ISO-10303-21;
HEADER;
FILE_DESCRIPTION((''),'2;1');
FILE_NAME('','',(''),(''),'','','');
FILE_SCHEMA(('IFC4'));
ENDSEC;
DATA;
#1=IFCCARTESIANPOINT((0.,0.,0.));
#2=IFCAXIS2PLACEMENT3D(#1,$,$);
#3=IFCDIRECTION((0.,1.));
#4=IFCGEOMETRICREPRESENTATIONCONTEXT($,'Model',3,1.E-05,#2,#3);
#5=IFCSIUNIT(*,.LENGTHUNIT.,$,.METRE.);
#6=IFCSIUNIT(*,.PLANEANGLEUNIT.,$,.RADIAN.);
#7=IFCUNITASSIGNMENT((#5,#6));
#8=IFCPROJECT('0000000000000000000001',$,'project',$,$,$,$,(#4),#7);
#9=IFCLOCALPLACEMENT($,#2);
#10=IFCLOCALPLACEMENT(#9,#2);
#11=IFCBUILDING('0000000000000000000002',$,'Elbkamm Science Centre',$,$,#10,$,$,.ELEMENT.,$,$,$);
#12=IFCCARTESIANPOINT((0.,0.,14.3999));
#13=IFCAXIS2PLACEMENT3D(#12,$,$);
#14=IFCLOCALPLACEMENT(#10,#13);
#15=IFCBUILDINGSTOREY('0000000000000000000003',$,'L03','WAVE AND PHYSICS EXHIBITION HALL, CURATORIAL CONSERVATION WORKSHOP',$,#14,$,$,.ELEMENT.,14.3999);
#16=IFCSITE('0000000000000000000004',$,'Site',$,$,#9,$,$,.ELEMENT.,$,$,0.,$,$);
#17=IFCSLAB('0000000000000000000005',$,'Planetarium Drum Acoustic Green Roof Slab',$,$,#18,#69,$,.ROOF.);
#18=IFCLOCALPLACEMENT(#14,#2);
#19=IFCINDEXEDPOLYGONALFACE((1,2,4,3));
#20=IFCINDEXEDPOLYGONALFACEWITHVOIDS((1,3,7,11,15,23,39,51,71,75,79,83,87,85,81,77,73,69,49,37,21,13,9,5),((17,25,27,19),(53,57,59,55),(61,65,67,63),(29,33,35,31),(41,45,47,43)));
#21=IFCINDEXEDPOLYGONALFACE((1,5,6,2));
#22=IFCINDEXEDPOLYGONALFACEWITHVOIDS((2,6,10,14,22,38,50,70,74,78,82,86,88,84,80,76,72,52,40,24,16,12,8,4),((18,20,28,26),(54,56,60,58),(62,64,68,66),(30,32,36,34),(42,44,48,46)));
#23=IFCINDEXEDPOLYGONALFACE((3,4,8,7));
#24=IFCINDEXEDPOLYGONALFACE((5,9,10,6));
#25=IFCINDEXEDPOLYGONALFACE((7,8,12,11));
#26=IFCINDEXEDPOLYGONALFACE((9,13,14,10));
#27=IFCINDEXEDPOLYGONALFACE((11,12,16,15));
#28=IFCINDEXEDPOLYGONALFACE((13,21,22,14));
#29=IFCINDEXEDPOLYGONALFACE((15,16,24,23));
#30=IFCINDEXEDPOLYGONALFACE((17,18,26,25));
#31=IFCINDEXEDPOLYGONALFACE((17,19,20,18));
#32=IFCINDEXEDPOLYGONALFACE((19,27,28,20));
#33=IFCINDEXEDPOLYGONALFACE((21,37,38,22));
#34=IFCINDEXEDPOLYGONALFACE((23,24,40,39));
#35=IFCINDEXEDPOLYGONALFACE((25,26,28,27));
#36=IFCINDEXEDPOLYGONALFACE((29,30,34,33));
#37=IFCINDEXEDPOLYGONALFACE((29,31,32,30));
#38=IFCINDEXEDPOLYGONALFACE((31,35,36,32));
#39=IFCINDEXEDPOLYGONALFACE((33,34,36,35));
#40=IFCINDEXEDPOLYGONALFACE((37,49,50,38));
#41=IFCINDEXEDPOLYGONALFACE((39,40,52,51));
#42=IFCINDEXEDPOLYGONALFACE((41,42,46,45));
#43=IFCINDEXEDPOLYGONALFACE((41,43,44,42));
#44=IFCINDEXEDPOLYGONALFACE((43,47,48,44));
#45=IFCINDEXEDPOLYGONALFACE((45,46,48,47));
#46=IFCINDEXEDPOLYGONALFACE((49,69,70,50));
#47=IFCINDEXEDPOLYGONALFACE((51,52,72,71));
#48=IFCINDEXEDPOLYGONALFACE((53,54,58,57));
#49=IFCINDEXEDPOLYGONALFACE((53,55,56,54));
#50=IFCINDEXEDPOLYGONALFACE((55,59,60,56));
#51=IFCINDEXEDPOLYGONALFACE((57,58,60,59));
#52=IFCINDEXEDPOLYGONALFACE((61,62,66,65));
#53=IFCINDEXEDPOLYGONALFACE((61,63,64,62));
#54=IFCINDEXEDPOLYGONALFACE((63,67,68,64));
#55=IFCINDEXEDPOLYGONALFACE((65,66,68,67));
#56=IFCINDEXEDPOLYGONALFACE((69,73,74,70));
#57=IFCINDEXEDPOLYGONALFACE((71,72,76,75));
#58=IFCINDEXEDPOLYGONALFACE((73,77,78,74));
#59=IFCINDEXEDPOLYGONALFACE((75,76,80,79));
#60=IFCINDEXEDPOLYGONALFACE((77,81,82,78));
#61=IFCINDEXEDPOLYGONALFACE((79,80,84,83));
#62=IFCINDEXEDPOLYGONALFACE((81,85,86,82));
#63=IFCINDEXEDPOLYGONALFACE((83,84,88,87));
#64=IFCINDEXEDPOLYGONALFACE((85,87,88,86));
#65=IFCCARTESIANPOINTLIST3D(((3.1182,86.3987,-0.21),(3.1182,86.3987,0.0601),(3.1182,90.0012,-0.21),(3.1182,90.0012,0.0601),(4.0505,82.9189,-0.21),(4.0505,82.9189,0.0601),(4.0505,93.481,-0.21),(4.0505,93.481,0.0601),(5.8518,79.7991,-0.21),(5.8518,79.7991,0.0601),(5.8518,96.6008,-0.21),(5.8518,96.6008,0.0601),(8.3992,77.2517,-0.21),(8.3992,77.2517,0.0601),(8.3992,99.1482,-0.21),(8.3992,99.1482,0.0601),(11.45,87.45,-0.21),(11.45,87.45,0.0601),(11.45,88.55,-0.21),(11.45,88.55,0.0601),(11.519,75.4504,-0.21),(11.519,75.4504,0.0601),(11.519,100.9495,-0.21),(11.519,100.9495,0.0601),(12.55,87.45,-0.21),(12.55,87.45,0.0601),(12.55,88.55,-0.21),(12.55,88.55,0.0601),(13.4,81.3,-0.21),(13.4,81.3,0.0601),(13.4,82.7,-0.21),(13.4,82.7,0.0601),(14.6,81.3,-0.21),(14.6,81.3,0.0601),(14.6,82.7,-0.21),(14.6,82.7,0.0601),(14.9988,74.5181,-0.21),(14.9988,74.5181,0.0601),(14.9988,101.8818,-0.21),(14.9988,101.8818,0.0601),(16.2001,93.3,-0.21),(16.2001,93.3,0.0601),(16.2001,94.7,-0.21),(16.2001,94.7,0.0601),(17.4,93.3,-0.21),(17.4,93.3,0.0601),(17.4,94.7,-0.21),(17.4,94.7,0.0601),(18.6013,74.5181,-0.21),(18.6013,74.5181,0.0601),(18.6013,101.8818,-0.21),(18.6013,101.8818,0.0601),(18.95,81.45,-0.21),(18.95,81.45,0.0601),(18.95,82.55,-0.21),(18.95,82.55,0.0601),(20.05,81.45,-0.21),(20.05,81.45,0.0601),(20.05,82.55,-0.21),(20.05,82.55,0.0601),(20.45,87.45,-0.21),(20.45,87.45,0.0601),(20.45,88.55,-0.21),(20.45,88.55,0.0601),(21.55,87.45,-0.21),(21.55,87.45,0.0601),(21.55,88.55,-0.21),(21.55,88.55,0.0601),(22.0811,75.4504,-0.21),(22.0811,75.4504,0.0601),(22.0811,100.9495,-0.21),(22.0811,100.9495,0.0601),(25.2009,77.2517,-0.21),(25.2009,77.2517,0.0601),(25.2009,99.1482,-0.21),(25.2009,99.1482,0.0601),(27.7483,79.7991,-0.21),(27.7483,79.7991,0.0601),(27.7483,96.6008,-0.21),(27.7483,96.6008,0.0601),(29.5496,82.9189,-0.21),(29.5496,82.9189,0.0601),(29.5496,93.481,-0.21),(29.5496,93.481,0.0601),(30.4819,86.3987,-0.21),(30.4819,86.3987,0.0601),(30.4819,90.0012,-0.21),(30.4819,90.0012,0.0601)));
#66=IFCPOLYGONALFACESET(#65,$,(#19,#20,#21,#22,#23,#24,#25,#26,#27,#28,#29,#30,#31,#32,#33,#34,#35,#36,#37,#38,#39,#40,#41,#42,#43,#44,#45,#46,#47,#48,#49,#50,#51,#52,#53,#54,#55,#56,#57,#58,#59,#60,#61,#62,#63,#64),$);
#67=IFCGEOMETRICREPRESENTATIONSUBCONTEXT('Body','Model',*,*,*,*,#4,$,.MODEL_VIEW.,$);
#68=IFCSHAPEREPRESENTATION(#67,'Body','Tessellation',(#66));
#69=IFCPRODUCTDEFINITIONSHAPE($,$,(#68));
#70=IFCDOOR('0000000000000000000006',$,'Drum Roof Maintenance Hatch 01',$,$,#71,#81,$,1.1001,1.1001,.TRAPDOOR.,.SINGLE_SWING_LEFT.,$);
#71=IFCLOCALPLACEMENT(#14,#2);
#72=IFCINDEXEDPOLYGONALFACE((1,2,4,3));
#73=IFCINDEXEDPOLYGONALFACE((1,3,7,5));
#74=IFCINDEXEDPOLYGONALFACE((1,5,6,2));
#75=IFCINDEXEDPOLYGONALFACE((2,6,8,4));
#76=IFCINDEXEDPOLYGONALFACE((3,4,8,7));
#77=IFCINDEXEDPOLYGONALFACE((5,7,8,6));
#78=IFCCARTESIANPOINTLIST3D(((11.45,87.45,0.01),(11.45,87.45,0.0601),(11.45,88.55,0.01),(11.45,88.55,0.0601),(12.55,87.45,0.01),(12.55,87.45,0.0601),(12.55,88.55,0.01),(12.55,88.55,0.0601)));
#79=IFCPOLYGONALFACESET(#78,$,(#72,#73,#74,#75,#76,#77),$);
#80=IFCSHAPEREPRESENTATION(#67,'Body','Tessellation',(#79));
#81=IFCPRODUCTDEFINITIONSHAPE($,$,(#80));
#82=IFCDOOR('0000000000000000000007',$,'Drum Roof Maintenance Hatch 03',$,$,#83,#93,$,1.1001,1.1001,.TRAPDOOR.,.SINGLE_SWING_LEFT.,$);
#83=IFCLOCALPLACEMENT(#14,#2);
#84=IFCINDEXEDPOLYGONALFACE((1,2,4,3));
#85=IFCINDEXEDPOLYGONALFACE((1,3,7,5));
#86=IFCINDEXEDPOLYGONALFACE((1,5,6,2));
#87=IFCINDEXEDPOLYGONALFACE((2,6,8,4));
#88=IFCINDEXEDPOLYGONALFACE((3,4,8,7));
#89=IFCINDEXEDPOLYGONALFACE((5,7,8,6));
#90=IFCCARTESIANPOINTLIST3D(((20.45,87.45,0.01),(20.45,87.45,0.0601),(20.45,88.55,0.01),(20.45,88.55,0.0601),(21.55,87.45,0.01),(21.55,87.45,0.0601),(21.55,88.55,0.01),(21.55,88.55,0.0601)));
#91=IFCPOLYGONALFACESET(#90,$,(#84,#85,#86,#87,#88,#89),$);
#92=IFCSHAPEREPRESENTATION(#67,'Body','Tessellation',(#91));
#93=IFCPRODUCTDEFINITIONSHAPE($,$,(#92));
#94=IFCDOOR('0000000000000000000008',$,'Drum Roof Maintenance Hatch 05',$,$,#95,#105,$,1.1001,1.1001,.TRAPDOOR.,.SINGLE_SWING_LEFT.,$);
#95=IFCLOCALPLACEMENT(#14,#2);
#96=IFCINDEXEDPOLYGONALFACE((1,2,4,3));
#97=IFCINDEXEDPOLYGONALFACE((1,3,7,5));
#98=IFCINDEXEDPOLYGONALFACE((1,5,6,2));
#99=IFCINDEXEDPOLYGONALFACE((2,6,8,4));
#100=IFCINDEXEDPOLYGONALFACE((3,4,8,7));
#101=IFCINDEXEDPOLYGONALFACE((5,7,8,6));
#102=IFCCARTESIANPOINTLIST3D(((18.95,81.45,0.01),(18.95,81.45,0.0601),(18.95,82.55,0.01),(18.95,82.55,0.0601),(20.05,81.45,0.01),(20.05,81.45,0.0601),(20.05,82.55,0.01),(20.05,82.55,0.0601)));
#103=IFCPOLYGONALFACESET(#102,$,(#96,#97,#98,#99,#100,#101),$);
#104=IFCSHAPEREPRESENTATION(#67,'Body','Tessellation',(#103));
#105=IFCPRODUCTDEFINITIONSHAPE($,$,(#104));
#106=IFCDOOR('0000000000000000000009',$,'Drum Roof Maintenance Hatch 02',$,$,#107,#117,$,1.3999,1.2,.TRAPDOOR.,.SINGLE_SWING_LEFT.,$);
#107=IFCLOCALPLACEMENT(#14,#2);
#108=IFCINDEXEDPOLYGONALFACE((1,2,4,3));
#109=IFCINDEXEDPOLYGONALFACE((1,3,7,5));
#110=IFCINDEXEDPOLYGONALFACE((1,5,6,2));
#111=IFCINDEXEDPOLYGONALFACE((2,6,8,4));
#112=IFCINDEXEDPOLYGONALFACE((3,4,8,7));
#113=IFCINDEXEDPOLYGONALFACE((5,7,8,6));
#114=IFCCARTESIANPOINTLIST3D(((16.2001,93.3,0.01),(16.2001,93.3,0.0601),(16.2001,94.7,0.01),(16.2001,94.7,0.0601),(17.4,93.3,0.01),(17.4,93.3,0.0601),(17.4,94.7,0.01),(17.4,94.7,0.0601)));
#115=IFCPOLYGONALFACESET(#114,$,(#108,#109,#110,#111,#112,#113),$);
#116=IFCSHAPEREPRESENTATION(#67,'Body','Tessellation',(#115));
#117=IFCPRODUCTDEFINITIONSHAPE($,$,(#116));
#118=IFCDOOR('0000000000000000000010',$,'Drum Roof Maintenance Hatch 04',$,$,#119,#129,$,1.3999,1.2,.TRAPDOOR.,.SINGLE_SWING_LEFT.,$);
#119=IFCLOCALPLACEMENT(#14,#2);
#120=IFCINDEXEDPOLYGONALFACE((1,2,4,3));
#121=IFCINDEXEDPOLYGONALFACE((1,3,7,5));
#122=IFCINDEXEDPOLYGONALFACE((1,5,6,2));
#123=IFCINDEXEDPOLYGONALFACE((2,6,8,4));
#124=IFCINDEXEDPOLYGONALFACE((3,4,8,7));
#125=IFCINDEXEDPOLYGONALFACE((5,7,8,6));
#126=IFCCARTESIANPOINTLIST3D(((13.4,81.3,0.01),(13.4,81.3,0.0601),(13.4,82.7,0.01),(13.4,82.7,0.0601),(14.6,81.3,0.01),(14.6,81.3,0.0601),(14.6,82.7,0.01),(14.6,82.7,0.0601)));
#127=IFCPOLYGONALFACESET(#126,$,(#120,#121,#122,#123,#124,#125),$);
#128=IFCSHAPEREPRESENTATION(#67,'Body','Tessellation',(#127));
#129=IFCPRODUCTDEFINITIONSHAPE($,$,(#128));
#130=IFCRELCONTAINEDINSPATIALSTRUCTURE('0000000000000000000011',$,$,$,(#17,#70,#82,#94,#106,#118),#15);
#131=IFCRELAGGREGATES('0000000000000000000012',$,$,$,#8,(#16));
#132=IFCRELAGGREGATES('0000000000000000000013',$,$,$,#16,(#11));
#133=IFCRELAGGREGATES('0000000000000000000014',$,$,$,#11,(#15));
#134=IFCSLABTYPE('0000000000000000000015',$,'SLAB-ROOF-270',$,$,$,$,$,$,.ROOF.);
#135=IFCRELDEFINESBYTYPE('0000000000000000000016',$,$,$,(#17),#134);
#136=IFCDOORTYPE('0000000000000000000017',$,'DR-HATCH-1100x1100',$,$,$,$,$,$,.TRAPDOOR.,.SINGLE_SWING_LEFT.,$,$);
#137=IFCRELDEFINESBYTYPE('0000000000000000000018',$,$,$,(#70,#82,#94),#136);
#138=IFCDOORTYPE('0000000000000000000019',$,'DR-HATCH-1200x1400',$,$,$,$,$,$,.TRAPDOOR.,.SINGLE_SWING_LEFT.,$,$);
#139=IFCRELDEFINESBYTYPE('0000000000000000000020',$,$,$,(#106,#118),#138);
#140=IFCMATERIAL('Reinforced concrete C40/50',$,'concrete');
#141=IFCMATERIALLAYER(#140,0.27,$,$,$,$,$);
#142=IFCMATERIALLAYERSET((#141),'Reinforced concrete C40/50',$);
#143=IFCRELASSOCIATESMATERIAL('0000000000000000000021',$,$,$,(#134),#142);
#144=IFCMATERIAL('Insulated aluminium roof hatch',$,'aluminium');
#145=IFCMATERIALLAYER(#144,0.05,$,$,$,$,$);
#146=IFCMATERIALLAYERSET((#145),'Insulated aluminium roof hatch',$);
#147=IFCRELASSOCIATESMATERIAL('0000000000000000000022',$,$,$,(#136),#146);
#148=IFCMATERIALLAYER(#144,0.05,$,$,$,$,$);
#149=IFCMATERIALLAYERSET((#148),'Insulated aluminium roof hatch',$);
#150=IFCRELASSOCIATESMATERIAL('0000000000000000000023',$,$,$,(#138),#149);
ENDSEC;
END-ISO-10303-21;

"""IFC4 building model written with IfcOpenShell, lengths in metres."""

from ifc_helpers import new_model, si_unit, direction, frame, origin, origin_2d, place, context, subcontext, project, spatial, polyline, rectangle, outline, extrude, material, layer, layer_set, type_object, element, fill, save


model = new_model("IFC4")

# Units and contexts
model_context = context("Model", 3, precision=1e-05, world=origin(), true_north=direction((0.0, 1.0)))
body_context = subcontext(model_context, "Body", "Model", "MODEL_VIEW")
ifc_project = project(units=[si_unit("LENGTHUNIT", "METRE"), si_unit("PLANEANGLEUNIT", "RADIAN")], contexts=[model_context])

# Site, building, storey
site_placement = place(None, origin())
site = spatial("IfcSite", under=ifc_project, at=site_placement, Name="Site", CompositionType="ELEMENT", RefElevation=0.0)
building_placement = place(site_placement, origin())
building = spatial("IfcBuilding", under=site, at=building_placement, Name="Elbkamm Science Centre", CompositionType="ELEMENT")
storey_placement = place(building_placement, frame((0.0, 0.0, 14.3999)))
storey = spatial("IfcBuildingStorey", under=building, at=storey_placement, Name="L03", Description="WAVE AND PHYSICS EXHIBITION HALL, CURATORIAL CONSERVATION WORKSHOP", CompositionType="ELEMENT", Elevation=14.3999)

# Shared definitions
ifc_material_1 = material(Name="Reinforced concrete C40/50", Category="concrete")

# Slab, openings, doors
ifc_layer_1 = layer(ifc_material_1, 0.27)
ifc_layer_set_1 = layer_set([ifc_layer_1], Name="Reinforced concrete C40/50")
slab_type_1 = type_object("IfcSlabType", Name="SLAB-ROOF-270", PredefinedType="ROOF", material=ifc_layer_set_1)
slab_1_placement = place(storey_placement, frame((0.0, 0.0, -0.21)))
slab_1 = element("IfcSlab", 1, at=slab_1_placement, inside=storey, type_object=slab_type_1, Name="Planetarium Drum Acoustic Green Roof Slab", PredefinedType="ROOF", context=body_context, shape_type="SweptSolid", body=[
    extrude(outline(polyline([(30.4819, 86.3987), (29.5496, 82.9189), (27.7483, 79.7991), (25.2009, 77.2517), (22.0811, 75.4504), (18.6013, 74.5181), (14.9988, 74.5181), (11.519, 75.4504), (8.3992, 77.2517), (5.8518, 79.7991), (4.0505, 82.9189), (3.1182, 86.3987), (3.1182, 90.0012), (4.0505, 93.481), (5.8518, 96.6008), (8.3992, 99.1482), (11.519, 100.9495), (14.9988, 101.8818), (18.6013, 101.8818), (22.0811, 100.9495), (25.2009, 99.1482), (27.7483, 96.6008), (29.5496, 93.481), (30.4819, 90.0012), (30.4819, 86.3987)])), origin(), (0.0, 0.0, 1.0), 0.27),
])
opening_1_placement = place(slab_1_placement, frame((12.0, 88.0, -0.012)))
opening_1 = element("IfcOpeningElement", 2, at=opening_1_placement, cuts=slab_1, PredefinedType="OPENING", context=body_context, shape_type="SweptSolid", body=[
    extrude(rectangle(XDim=1.1001, YDim=1.1001, at=origin_2d()), origin(), (0.0, 0.0, 1.0), 0.2939),
])
opening_2_placement = place(slab_1_placement, frame((16.8, 94.0, -0.012)))
opening_2 = element("IfcOpeningElement", 3, at=opening_2_placement, cuts=slab_1, PredefinedType="OPENING", context=body_context, shape_type="SweptSolid", body=[
    extrude(rectangle(XDim=1.2, YDim=1.3999, at=origin_2d()), origin(), (0.0, 0.0, 1.0), 0.2939),
])
opening_3_placement = place(slab_1_placement, frame((21.0, 88.0, -0.012)))
opening_3 = element("IfcOpeningElement", 4, at=opening_3_placement, cuts=slab_1, PredefinedType="OPENING", context=body_context, shape_type="SweptSolid", body=[
    extrude(rectangle(XDim=1.1001, YDim=1.1001, at=origin_2d()), origin(), (0.0, 0.0, 1.0), 0.2939),
])
opening_4_placement = place(slab_1_placement, frame((14.0, 82.0, -0.012)))
opening_4 = element("IfcOpeningElement", 5, at=opening_4_placement, cuts=slab_1, PredefinedType="OPENING", context=body_context, shape_type="SweptSolid", body=[
    extrude(rectangle(XDim=1.2, YDim=1.3999, at=origin_2d()), origin(), (0.0, 0.0, 1.0), 0.2939),
])
opening_5_placement = place(slab_1_placement, frame((19.5, 82.0, -0.012)))
opening_5 = element("IfcOpeningElement", 6, at=opening_5_placement, cuts=slab_1, PredefinedType="OPENING", context=body_context, shape_type="SweptSolid", body=[
    extrude(rectangle(XDim=1.1001, YDim=1.1001, at=origin_2d()), origin(), (0.0, 0.0, 1.0), 0.2939),
])
ifc_material_2 = material(Name="Insulated aluminium roof hatch", Category="aluminium")
ifc_layer_2 = layer(ifc_material_2, 0.05)
ifc_layer_set_2 = layer_set([ifc_layer_2], Name="Insulated aluminium roof hatch")
door_type_1 = type_object("IfcDoorType", Name="DR-HATCH-1100x1100", OperationType="SINGLE_SWING_LEFT", PredefinedType="TRAPDOOR", material=ifc_layer_set_2)
door_1_placement = place(opening_1_placement, frame((0.0, 0.0, 0.2319)))
door_1 = element("IfcDoor", 7, at=door_1_placement, inside=storey, type_object=door_type_1, Name="Drum Roof Maintenance Hatch 01", OperationType="SINGLE_SWING_LEFT", OverallHeight=1.1001, OverallWidth=1.1001, PredefinedType="TRAPDOOR", context=body_context, shape_type="SweptSolid", body=[
    extrude(rectangle(XDim=1.1001, YDim=1.1001, at=origin_2d()), origin(), (0.0, 0.0, 1.0), 0.05),
])
fill(opening_1, door_1)
door_2_placement = place(opening_3_placement, frame((0.0, 0.0, 0.2319)))
door_2 = element("IfcDoor", 8, at=door_2_placement, inside=storey, type_object=door_type_1, Name="Drum Roof Maintenance Hatch 03", OperationType="SINGLE_SWING_LEFT", OverallHeight=1.1001, OverallWidth=1.1001, PredefinedType="TRAPDOOR", context=body_context, shape_type="SweptSolid", body=[
    extrude(rectangle(XDim=1.1001, YDim=1.1001, at=origin_2d()), origin(), (0.0, 0.0, 1.0), 0.05),
])
fill(opening_3, door_2)
door_3_placement = place(opening_5_placement, frame((0.0, 0.0, 0.2319)))
door_3 = element("IfcDoor", 9, at=door_3_placement, inside=storey, type_object=door_type_1, Name="Drum Roof Maintenance Hatch 05", OperationType="SINGLE_SWING_LEFT", OverallHeight=1.1001, OverallWidth=1.1001, PredefinedType="TRAPDOOR", context=body_context, shape_type="SweptSolid", body=[
    extrude(rectangle(XDim=1.1001, YDim=1.1001, at=origin_2d()), origin(), (0.0, 0.0, 1.0), 0.05),
])
fill(opening_5, door_3)
ifc_layer_3 = layer(ifc_material_2, 0.05)
ifc_layer_set_3 = layer_set([ifc_layer_3], Name="Insulated aluminium roof hatch")
door_type_2 = type_object("IfcDoorType", Name="DR-HATCH-1200x1400", OperationType="SINGLE_SWING_LEFT", PredefinedType="TRAPDOOR", material=ifc_layer_set_3)
door_4_placement = place(opening_2_placement, frame((0.0, 0.0, 0.2319)))
door_4 = element("IfcDoor", 10, at=door_4_placement, inside=storey, type_object=door_type_2, Name="Drum Roof Maintenance Hatch 02", OperationType="SINGLE_SWING_LEFT", OverallHeight=1.3999, OverallWidth=1.2, PredefinedType="TRAPDOOR", context=body_context, shape_type="SweptSolid", body=[
    extrude(rectangle(XDim=1.2, YDim=1.3999, at=origin_2d()), origin(), (0.0, 0.0, 1.0), 0.05),
])
fill(opening_2, door_4)
door_5_placement = place(opening_4_placement, frame((0.0, 0.0, 0.2319)))
door_5 = element("IfcDoor", 11, at=door_5_placement, inside=storey, type_object=door_type_2, Name="Drum Roof Maintenance Hatch 04", OperationType="SINGLE_SWING_LEFT", OverallHeight=1.3999, OverallWidth=1.2, PredefinedType="TRAPDOOR", context=body_context, shape_type="SweptSolid", body=[
    extrude(rectangle(XDim=1.2, YDim=1.3999, at=origin_2d()), origin(), (0.0, 0.0, 1.0), 0.05),
])
fill(opening_4, door_5)

save(model, "model.ifc")
